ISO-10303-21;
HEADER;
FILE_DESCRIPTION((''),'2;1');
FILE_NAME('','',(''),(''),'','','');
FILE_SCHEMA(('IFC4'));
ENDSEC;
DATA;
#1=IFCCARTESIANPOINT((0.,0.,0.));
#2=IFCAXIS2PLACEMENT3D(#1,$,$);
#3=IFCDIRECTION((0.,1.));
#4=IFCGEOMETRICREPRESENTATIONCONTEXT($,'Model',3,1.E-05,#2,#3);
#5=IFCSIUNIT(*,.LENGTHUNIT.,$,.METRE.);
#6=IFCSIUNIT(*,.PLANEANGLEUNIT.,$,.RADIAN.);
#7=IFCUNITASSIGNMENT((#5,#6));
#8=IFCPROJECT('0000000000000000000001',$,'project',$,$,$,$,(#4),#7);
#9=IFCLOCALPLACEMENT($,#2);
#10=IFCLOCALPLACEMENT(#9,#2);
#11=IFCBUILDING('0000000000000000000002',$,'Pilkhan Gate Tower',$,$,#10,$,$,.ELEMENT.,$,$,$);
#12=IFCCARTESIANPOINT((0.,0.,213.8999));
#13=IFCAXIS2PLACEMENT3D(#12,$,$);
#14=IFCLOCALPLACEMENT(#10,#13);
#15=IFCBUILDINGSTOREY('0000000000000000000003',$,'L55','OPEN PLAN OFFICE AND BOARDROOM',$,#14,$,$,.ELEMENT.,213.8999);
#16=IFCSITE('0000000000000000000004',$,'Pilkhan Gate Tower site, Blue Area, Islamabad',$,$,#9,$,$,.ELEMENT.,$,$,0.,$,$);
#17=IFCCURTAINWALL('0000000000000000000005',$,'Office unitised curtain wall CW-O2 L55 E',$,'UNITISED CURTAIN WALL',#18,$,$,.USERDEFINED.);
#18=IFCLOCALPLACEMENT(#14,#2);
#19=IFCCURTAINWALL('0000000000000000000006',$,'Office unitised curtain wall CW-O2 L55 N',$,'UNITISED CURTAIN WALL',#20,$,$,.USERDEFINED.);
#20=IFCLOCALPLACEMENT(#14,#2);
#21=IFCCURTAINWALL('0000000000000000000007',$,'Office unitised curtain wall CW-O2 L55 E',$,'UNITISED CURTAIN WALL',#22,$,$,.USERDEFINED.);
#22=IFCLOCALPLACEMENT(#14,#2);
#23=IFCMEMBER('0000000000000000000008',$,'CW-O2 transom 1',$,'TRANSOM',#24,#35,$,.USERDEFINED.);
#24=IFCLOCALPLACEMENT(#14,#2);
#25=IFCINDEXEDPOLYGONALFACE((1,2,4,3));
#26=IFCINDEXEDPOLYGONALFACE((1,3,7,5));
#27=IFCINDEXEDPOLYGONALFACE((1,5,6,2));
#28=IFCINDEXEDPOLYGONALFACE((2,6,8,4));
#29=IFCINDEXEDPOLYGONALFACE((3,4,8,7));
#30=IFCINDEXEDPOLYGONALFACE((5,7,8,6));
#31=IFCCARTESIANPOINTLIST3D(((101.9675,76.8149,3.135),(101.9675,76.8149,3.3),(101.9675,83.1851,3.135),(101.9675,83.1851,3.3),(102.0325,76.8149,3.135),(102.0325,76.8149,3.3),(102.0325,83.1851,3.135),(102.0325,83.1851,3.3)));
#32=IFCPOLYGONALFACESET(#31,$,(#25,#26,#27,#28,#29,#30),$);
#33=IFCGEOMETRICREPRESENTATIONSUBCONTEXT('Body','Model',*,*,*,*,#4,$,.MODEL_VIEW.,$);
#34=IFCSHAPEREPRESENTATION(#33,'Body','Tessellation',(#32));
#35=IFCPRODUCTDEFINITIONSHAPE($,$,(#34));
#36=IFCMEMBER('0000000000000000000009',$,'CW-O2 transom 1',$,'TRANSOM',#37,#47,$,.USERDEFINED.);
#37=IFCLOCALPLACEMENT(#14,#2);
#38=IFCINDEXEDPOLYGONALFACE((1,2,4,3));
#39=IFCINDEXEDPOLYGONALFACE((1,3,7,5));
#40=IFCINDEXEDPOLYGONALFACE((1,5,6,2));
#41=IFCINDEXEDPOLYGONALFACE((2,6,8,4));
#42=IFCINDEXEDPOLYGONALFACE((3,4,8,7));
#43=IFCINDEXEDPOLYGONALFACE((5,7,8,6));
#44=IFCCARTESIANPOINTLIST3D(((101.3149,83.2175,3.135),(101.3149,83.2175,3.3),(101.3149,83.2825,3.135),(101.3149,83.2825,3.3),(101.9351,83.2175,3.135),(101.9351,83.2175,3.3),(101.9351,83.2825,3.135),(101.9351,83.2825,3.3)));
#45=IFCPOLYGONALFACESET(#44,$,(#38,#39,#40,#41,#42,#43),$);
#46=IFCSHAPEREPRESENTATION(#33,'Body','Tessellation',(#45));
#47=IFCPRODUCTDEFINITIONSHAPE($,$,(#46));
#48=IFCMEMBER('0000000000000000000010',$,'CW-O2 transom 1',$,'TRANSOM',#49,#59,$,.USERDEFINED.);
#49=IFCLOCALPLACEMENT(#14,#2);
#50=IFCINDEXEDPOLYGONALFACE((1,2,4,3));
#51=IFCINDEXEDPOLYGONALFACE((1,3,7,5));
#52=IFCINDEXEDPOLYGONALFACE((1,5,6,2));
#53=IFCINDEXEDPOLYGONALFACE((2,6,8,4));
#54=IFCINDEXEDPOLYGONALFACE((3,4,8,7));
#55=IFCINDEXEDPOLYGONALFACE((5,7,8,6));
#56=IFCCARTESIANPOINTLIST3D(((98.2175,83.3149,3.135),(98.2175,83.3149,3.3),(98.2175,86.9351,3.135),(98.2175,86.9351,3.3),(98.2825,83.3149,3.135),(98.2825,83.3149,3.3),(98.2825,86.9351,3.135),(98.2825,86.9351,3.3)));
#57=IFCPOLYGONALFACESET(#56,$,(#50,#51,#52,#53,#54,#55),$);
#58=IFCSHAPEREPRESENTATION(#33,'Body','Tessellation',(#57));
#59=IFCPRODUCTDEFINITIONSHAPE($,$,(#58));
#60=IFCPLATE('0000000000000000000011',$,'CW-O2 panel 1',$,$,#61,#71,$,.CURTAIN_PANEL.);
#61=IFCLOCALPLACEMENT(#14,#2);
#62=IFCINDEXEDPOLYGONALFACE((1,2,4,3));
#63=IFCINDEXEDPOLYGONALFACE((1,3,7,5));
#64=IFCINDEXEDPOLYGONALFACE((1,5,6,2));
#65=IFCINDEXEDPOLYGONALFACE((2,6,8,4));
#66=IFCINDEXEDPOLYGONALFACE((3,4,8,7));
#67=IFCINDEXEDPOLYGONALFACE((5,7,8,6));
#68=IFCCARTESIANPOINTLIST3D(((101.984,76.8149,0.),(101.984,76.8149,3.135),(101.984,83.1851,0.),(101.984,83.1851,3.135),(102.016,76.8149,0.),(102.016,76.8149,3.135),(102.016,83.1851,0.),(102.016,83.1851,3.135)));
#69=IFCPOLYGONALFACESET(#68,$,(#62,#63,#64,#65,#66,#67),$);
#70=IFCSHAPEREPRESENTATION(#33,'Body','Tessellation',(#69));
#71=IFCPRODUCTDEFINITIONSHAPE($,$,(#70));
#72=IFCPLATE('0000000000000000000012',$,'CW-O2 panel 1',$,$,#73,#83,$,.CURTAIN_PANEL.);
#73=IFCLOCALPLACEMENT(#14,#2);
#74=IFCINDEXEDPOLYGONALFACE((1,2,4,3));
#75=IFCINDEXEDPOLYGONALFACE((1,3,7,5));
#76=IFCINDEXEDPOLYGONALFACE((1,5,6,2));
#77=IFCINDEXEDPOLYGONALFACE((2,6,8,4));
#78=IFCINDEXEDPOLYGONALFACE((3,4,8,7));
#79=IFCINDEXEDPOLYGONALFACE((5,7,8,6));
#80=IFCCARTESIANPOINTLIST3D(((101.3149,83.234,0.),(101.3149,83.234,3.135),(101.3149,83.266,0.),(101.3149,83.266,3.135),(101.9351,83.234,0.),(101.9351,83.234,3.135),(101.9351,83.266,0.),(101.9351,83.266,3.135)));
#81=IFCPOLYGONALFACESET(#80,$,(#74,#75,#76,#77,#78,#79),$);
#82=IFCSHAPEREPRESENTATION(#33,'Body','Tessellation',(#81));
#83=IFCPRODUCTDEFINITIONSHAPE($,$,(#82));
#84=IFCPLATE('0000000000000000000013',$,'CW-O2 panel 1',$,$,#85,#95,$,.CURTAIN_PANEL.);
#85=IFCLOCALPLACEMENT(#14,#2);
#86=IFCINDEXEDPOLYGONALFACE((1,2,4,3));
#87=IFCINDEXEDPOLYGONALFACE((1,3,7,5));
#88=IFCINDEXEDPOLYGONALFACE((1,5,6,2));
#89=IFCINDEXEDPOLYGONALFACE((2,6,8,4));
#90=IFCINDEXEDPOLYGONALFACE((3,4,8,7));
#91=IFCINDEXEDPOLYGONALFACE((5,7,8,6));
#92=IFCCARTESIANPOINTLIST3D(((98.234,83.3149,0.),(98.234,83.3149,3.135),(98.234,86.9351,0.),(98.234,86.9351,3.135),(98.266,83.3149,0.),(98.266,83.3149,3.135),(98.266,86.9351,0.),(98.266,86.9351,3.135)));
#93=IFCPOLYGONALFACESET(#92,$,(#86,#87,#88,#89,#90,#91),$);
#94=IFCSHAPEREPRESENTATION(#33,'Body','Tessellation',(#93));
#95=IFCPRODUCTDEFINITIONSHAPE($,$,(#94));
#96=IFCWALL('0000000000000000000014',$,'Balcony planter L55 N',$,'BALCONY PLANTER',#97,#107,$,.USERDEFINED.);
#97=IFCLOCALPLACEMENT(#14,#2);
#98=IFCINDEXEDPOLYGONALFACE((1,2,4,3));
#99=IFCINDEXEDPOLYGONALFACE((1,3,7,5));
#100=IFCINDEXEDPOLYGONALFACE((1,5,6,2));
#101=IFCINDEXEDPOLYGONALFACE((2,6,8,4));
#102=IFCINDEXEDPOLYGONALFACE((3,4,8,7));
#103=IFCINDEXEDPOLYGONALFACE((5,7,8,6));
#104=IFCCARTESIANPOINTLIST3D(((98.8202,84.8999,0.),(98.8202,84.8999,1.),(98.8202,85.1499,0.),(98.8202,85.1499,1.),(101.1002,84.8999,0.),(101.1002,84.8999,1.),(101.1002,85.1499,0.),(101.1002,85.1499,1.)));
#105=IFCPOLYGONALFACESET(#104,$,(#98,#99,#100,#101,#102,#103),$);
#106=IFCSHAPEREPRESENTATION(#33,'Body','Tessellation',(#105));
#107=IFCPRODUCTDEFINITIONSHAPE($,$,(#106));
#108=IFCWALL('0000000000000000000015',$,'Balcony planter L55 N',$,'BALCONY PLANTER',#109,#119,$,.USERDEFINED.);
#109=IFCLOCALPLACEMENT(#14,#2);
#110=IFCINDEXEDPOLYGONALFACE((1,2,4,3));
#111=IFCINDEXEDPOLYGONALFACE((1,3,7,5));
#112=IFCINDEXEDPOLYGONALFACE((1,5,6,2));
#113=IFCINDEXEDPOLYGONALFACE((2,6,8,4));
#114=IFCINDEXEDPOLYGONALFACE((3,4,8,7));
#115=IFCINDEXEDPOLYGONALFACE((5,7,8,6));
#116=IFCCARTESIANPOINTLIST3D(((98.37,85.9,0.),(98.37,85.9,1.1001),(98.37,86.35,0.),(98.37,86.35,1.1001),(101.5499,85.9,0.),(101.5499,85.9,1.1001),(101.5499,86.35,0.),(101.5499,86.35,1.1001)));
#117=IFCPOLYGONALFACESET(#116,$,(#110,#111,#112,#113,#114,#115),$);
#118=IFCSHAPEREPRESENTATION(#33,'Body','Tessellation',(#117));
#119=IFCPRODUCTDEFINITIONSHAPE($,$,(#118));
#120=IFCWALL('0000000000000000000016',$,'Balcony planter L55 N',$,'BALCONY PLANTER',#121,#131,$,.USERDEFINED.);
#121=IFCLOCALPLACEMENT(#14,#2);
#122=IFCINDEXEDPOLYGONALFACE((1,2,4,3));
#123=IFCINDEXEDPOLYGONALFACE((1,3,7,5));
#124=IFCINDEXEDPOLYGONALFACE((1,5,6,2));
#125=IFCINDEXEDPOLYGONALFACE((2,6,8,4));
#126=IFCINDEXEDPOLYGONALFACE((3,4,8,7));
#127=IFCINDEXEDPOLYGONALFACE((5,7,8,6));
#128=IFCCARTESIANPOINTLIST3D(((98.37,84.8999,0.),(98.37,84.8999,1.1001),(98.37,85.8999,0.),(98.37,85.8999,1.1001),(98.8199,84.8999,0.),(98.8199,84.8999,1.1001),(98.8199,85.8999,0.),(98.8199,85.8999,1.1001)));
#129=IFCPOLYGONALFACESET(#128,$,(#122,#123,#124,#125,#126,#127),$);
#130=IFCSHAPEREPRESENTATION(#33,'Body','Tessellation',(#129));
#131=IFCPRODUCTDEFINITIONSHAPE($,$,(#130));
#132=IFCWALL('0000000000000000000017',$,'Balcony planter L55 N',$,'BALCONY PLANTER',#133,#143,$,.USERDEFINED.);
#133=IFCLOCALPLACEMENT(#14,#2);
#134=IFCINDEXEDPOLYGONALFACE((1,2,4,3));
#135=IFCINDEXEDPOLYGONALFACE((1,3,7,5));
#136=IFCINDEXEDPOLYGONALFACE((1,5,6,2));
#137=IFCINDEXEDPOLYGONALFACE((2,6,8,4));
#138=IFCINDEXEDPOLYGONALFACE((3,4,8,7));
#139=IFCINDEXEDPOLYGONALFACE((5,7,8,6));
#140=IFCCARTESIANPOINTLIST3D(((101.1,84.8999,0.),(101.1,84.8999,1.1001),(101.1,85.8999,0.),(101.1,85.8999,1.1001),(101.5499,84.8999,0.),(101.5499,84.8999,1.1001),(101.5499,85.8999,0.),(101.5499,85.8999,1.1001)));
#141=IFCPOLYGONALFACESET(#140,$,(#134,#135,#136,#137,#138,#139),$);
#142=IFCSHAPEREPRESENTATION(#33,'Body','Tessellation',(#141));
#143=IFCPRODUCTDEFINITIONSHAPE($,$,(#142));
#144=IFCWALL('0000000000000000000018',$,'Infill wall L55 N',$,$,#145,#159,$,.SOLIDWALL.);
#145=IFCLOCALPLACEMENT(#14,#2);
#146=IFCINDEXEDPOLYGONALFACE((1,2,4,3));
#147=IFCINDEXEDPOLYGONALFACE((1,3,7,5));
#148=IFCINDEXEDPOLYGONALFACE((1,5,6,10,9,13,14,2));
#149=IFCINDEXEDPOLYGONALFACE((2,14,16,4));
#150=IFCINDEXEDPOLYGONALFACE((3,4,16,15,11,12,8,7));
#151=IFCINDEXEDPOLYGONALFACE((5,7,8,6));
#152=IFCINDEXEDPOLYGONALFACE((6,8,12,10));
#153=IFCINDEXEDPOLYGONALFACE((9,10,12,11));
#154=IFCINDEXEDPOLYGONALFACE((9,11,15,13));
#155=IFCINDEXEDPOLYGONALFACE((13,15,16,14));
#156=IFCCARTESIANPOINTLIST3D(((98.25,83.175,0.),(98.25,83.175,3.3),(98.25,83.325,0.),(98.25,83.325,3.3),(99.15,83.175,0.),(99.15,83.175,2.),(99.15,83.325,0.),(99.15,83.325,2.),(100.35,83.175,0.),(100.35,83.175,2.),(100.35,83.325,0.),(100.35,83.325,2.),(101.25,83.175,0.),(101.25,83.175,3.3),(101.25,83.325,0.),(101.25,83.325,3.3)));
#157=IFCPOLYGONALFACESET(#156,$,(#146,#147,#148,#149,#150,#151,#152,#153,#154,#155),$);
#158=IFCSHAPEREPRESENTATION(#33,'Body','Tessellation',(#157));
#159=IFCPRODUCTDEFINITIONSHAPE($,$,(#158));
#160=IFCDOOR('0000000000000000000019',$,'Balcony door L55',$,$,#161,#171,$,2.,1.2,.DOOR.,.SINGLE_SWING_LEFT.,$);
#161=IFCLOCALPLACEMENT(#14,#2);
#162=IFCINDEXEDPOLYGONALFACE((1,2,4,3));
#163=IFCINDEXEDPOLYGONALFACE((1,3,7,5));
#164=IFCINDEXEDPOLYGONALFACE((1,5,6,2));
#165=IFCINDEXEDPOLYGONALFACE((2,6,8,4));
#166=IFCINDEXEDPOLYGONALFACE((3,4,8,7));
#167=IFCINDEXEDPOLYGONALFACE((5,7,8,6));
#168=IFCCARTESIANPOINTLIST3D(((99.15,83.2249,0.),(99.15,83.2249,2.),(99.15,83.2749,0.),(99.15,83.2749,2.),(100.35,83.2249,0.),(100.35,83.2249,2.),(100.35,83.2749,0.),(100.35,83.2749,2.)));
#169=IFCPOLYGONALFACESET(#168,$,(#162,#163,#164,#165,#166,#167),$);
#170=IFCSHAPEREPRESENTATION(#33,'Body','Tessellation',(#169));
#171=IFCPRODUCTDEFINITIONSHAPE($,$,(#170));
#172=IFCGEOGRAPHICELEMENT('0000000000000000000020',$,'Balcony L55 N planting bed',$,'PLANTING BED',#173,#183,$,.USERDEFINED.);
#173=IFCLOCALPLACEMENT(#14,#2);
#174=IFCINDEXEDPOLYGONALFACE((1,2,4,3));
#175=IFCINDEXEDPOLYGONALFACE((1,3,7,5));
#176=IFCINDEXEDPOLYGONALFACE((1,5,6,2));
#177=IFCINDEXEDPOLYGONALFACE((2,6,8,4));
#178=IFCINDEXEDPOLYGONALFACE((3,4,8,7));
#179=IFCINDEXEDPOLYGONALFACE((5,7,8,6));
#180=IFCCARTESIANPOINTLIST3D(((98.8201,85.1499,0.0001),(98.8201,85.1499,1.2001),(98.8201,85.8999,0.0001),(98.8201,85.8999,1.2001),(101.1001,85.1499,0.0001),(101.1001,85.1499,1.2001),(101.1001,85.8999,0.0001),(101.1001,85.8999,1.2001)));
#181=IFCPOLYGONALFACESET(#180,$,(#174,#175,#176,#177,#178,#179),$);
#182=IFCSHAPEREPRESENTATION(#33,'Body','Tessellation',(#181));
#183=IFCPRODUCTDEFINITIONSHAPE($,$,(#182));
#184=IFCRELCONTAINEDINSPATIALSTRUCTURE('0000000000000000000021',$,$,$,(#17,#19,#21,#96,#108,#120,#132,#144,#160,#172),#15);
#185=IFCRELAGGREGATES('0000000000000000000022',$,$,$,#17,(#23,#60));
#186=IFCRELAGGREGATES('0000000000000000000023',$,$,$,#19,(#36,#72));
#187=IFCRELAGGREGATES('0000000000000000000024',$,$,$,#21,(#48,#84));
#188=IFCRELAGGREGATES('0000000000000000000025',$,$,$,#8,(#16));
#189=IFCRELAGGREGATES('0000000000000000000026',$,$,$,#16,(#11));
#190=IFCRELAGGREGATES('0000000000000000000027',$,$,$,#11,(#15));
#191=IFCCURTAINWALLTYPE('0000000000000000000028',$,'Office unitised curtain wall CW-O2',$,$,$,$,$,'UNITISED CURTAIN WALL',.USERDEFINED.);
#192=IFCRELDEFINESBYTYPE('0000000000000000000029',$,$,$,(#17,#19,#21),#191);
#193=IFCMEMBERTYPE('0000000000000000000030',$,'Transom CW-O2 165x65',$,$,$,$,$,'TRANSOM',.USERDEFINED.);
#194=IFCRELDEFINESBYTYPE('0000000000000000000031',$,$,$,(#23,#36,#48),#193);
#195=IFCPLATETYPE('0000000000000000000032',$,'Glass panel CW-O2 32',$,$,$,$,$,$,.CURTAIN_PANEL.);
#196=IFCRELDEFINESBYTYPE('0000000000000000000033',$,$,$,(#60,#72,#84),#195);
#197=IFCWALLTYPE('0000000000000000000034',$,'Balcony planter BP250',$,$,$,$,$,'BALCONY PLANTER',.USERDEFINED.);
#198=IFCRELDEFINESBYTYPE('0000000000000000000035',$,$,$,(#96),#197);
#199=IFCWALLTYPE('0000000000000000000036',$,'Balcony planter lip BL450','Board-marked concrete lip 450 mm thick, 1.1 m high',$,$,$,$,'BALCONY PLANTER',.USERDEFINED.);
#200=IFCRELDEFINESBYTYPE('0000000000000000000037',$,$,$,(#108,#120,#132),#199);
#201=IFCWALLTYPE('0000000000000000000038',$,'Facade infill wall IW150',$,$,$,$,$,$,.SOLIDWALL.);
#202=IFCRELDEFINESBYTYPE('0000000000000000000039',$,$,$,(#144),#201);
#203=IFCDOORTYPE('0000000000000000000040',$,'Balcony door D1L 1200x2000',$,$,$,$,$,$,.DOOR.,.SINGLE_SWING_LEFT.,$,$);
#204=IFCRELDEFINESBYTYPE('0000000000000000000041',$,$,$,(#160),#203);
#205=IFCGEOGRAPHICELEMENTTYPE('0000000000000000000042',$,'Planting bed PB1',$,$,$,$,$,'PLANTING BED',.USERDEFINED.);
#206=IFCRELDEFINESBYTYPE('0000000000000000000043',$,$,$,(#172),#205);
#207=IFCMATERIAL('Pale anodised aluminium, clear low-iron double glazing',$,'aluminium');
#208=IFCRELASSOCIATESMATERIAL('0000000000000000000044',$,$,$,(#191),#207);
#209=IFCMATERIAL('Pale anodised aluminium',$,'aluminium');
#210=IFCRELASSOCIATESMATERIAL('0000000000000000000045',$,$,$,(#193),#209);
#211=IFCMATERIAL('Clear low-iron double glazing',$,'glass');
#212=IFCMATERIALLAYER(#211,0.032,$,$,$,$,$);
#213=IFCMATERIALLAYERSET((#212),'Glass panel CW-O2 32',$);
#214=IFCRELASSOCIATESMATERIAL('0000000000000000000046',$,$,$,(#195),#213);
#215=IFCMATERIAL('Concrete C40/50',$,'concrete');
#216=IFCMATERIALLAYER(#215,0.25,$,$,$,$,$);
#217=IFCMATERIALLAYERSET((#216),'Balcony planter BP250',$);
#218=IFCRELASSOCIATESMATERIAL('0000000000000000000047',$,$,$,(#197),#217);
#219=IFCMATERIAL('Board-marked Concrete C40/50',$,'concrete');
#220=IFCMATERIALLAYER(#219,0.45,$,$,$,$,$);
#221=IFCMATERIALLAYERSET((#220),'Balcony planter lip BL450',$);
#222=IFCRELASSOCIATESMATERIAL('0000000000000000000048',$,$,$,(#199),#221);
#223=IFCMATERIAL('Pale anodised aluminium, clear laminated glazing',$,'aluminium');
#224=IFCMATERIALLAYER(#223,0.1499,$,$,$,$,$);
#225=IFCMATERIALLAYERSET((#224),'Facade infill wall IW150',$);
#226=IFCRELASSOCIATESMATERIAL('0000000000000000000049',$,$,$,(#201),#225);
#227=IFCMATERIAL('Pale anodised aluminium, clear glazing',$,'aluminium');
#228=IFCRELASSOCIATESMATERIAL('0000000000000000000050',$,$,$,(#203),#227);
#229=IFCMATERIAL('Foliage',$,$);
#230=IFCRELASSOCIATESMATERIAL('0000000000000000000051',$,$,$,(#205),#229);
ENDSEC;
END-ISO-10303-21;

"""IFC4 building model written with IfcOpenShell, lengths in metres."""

from ifc_helpers import new_model, si_unit, direction, frame, frame_2d, origin, origin_2d, place, context, subcontext, project, spatial, rectangle, extrude, material, layer, layer_set, material_profile, profile_set, type_object, element, fill, aggregate, save


model = new_model("IFC4")

# Units and contexts
model_context = context("Model", 3, precision=1e-05, world=origin(), true_north=direction((0.0, 1.0)))
body_context = subcontext(model_context, "Body", "Model", "MODEL_VIEW")
ifc_project = project(units=[si_unit("LENGTHUNIT", "METRE"), si_unit("PLANEANGLEUNIT", "RADIAN")], contexts=[model_context])

# Site, building, storey
site_placement = place(None, origin())
site = spatial("IfcSite", under=ifc_project, at=site_placement, Name="Pilkhan Gate Tower site, Blue Area, Islamabad", CompositionType="ELEMENT", RefElevation=0.0)
building_placement = place(site_placement, origin())
building = spatial("IfcBuilding", under=site, at=building_placement, Name="Pilkhan Gate Tower", CompositionType="ELEMENT")
storey_placement = place(building_placement, frame((0.0, 0.0, 213.8999)))
storey = spatial("IfcBuildingStorey", under=building, at=storey_placement, Name="L55", Description="OPEN PLAN OFFICE AND BOARDROOM", CompositionType="ELEMENT", Elevation=213.8999)

# Shared definitions
ifc_material_1 = material(Name="Pale anodised aluminium, clear low-iron double glazing", Category="aluminium")
curtain_wall_type = type_object("IfcCurtainWallType", Name="Office unitised curtain wall CW-O2", ElementType="UNITISED CURTAIN WALL", PredefinedType="USERDEFINED", material=ifc_material_1)
ifc_material_2 = material(Name="Pale anodised aluminium", Category="aluminium")

# Curtain walls
curtain_wall_1_placement = place(storey_placement, origin())
curtain_wall_1 = element("IfcCurtainWall", 1, at=curtain_wall_1_placement, inside=storey, type_object=curtain_wall_type, Name="Office unitised curtain wall CW-O2 L55 E", ObjectType="UNITISED CURTAIN WALL", PredefinedType="USERDEFINED")
curtain_wall_2_placement = place(storey_placement, origin())
curtain_wall_2 = element("IfcCurtainWall", 2, at=curtain_wall_2_placement, inside=storey, type_object=curtain_wall_type, Name="Office unitised curtain wall CW-O2 L55 N", ObjectType="UNITISED CURTAIN WALL", PredefinedType="USERDEFINED")

# Curtain wall
curtain_wall_3_placement = place(storey_placement, origin())
curtain_wall_3 = element("IfcCurtainWall", 3, at=curtain_wall_3_placement, inside=storey, type_object=curtain_wall_type, Name="Office unitised curtain wall CW-O2 L55 E", ObjectType="UNITISED CURTAIN WALL", PredefinedType="USERDEFINED")

# Members
ifc_material_profile_1 = material_profile(ifc_material_2, rectangle(XDim=0.0649, YDim=0.165, at=origin_2d()), Name="Transom 165x65")
ifc_profile_set_1 = profile_set([ifc_material_profile_1], Name="Pale anodised aluminium")
member_type_1 = type_object("IfcMemberType", Name="Transom CW-O2 165x65", ElementType="TRANSOM", PredefinedType="USERDEFINED", material=ifc_profile_set_1)
member_1_placement = place(storey_placement, frame((102.0, 76.8149, 3.2175), z_axis=(0.0, 1.0, 0.0), x_axis=(-1.0, 0.0, 0.0)))
member_1 = element("IfcMember", 4, at=member_1_placement, type_object=member_type_1, Name="CW-O2 transom 1", ObjectType="TRANSOM", PredefinedType="USERDEFINED", context=body_context, shape_type="SweptSolid", body=[
    extrude(rectangle(XDim=0.0649, YDim=0.165, at=origin_2d()), origin(), (0.0, 0.0, 1.0), 6.3701),
])
member_2_placement = place(storey_placement, frame((101.3149, 83.25, 3.2175), z_axis=(1.0, 0.0, 0.0), x_axis=(0.0, 1.0, 0.0)))
member_2 = element("IfcMember", 5, at=member_2_placement, type_object=member_type_1, Name="CW-O2 transom 1", ObjectType="TRANSOM", PredefinedType="USERDEFINED", context=body_context, shape_type="SweptSolid", body=[
    extrude(rectangle(XDim=0.0649, YDim=0.165, at=origin_2d()), origin(), (0.0, 0.0, 1.0), 0.6201),
])
member_3_placement = place(storey_placement, frame((98.25, 83.3149, 3.2175), z_axis=(0.0, 1.0, 0.0), x_axis=(-1.0, 0.0, 0.0)))
member_3 = element("IfcMember", 6, at=member_3_placement, type_object=member_type_1, Name="CW-O2 transom 1", ObjectType="TRANSOM", PredefinedType="USERDEFINED", context=body_context, shape_type="SweptSolid", body=[
    extrude(rectangle(XDim=0.0649, YDim=0.165, at=origin_2d()), origin(), (0.0, 0.0, 1.0), 3.6201),
])

# Plates
ifc_material_3 = material(Name="Clear low-iron double glazing", Category="glass")
ifc_layer_1 = layer(ifc_material_3, 0.032)
ifc_layer_set_1 = layer_set([ifc_layer_1], Name="Glass panel CW-O2 32")
plate_type = type_object("IfcPlateType", Name="Glass panel CW-O2 32", PredefinedType="CURTAIN_PANEL", material=ifc_layer_set_1)
plate_1_placement = place(storey_placement, frame((102.0, 80.0, 0.0), z_axis=(0.0, 0.0, 1.0), x_axis=(0.0, 1.0, 0.0)))
plate_1 = element("IfcPlate", 7, at=plate_1_placement, type_object=plate_type, Name="CW-O2 panel 1", PredefinedType="CURTAIN_PANEL", context=body_context, shape_type="SweptSolid", body=[
    extrude(rectangle(XDim=6.3701, YDim=0.032, at=origin_2d()), origin(), (0.0, 0.0, 1.0), 3.135),
])
aggregate(curtain_wall_1, [member_1, plate_1])
plate_2_placement = place(storey_placement, frame((101.625, 83.25, 0.0), z_axis=(0.0, 0.0, 1.0), x_axis=(1.0, 0.0, 0.0)))
plate_2 = element("IfcPlate", 8, at=plate_2_placement, type_object=plate_type, Name="CW-O2 panel 1", PredefinedType="CURTAIN_PANEL", context=body_context, shape_type="SweptSolid", body=[
    extrude(rectangle(XDim=0.6201, YDim=0.032, at=origin_2d()), origin(), (0.0, 0.0, 1.0), 3.135),
])
aggregate(curtain_wall_2, [member_2, plate_2])
plate_3_placement = place(storey_placement, frame((98.25, 85.125, 0.0), z_axis=(0.0, 0.0, 1.0), x_axis=(0.0, 1.0, 0.0)))
plate_3 = element("IfcPlate", 9, at=plate_3_placement, type_object=plate_type, Name="CW-O2 panel 1", PredefinedType="CURTAIN_PANEL", context=body_context, shape_type="SweptSolid", body=[
    extrude(rectangle(XDim=3.6201, YDim=0.032, at=origin_2d()), origin(), (0.0, 0.0, 1.0), 3.135),
])
aggregate(curtain_wall_3, [member_3, plate_3])

# Walls
ifc_material_4 = material(Name="Concrete C40/50", Category="concrete")
ifc_layer_2 = layer(ifc_material_4, 0.25)
ifc_layer_set_2 = layer_set([ifc_layer_2], Name="Balcony planter BP250")
wall_type_1 = type_object("IfcWallType", Name="Balcony planter BP250", ElementType="BALCONY PLANTER", PredefinedType="USERDEFINED", material=ifc_layer_set_2)
wall_1_placement = place(storey_placement, frame((98.8201, 85.0249, 0.0), z_axis=(0.0, 0.0, 1.0), x_axis=(1.0, 0.0, 0.0)))
element("IfcWall", 10, at=wall_1_placement, inside=storey, type_object=wall_type_1, Name="Balcony planter L55 N", ObjectType="BALCONY PLANTER", PredefinedType="USERDEFINED", context=body_context, shape_type="SweptSolid", body=[
    extrude(rectangle(XDim=2.28, YDim=0.25, at=frame_2d((1.1401, 0.0))), origin(), (0.0, 0.0, 1.0), 1.0),
])
ifc_material_5 = material(Name="Board-marked Concrete C40/50", Category="concrete")
ifc_layer_3 = layer(ifc_material_5, 0.45)
ifc_layer_set_3 = layer_set([ifc_layer_3], Name="Balcony planter lip BL450")
wall_type_2 = type_object("IfcWallType", Name="Balcony planter lip BL450", Description="Board-marked concrete lip 450 mm thick, 1.1 m high", ElementType="BALCONY PLANTER", PredefinedType="USERDEFINED", material=ifc_layer_set_3)
wall_2_placement = place(storey_placement, frame((98.3701, 86.125, 0.0), z_axis=(0.0, 0.0, 1.0), x_axis=(1.0, 0.0, 0.0)))
element("IfcWall", 11, at=wall_2_placement, inside=storey, type_object=wall_type_2, Name="Balcony planter L55 N", ObjectType="BALCONY PLANTER", PredefinedType="USERDEFINED", context=body_context, shape_type="SweptSolid", body=[
    extrude(rectangle(XDim=3.1799, YDim=0.45, at=frame_2d((1.5898, 0.0))), origin(), (0.0, 0.0, 1.0), 1.1001),
])
for number, where, z_axis, x_axis, name in (
    (12, (98.595, 84.8999, 0.0), (0.0, 0.0, 1.0), (0.0, 1.0, 0.0), "Balcony planter L55 N"),
    (13, (101.325, 84.8999, 0.0), (0.0, 0.0, 1.0), (0.0, 1.0, 0.0), "Balcony planter L55 N"),
):
    element("IfcWall", number, at=place(storey_placement, frame(where, z_axis=z_axis, x_axis=x_axis)), inside=storey, type_object=wall_type_2, Name=name, ObjectType="BALCONY PLANTER", PredefinedType="USERDEFINED", context=body_context, shape_type="SweptSolid", body=[
        extrude(rectangle(XDim=1.0, YDim=0.45, at=frame_2d((0.5, 0.0))), origin(), (0.0, 0.0, 1.0), 1.1001),
    ])

# Wall, opening, door
ifc_material_6 = material(Name="Pale anodised aluminium, clear laminated glazing", Category="aluminium")
ifc_layer_4 = layer(ifc_material_6, 0.1499)
ifc_layer_set_4 = layer_set([ifc_layer_4], Name="Facade infill wall IW150")
wall_type_3 = type_object("IfcWallType", Name="Facade infill wall IW150", PredefinedType="SOLIDWALL", material=ifc_layer_set_4)
wall_3_placement = place(storey_placement, frame((98.25, 83.25, 0.0), z_axis=(0.0, 0.0, 1.0), x_axis=(1.0, 0.0, 0.0)))
wall_3 = element("IfcWall", 14, at=wall_3_placement, inside=storey, type_object=wall_type_3, Name="Infill wall L55 N", PredefinedType="SOLIDWALL", context=body_context, shape_type="SweptSolid", body=[
    extrude(rectangle(XDim=3.0, YDim=0.1499, at=frame_2d((1.5, 0.0))), origin(), (0.0, 0.0, 1.0), 3.3),
])
opening_placement = place(wall_3_placement, frame((0.8999, 0.0, 0.0)))
opening = element("IfcOpeningElement", 15, at=opening_placement, cuts=wall_3, PredefinedType="OPENING", context=body_context, shape_type="SweptSolid", body=[
    extrude(rectangle(XDim=1.2, YDim=2.0, at=frame_2d((0.6001, 1.0))), frame((0.0, 0.085, 0.0), z_axis=(0.0, -1.0, 0.0), x_axis=(1.0, 0.0, 0.0)), (0.0, 0.0, 1.0), 0.1699),
])
ifc_material_7 = material(Name="Pale anodised aluminium, clear glazing", Category="aluminium")
door_type = type_object("IfcDoorType", Name="Balcony door D1L 1200x2000", OperationType="SINGLE_SWING_LEFT", PredefinedType="DOOR", material=ifc_material_7)
door_placement = place(opening_placement, origin())
door = element("IfcDoor", 16, at=door_placement, inside=storey, type_object=door_type, Name="Balcony door L55", OperationType="SINGLE_SWING_LEFT", OverallHeight=2.0, OverallWidth=1.2, PredefinedType="DOOR", context=body_context, shape_type="SweptSolid", body=[
    extrude(rectangle(XDim=1.2, YDim=2.0, at=frame_2d((0.6001, 1.0))), frame((0.0, 0.0249, 0.0), z_axis=(0.0, -1.0, 0.0), x_axis=(1.0, 0.0, 0.0)), (0.0, 0.0, 1.0), 0.05),
])
fill(opening, door)

# Geographic element
ifc_material_8 = material(Name="Foliage")
ifc_material_profile_2 = material_profile(ifc_material_8, rectangle(XDim=0.75, YDim=1.2, at=origin_2d()), Name="Bed 750x1200")
ifc_profile_set_2 = profile_set([ifc_material_profile_2], Name="Foliage")
geographic_element_type_1 = type_object("IfcGeographicElementType", Name="Planting bed PB1", ElementType="PLANTING BED", PredefinedType="USERDEFINED", material=ifc_profile_set_2)
geographic_element_1_placement = place(storey_placement, frame((98.8201, 85.5249, 0.6001), z_axis=(1.0, 0.0, 0.0), x_axis=(0.0, 1.0, 0.0)))
element("IfcGeographicElement", 17, at=geographic_element_1_placement, inside=storey, type_object=geographic_element_type_1, Name="Balcony L55 N planting bed", ObjectType="PLANTING BED", PredefinedType="USERDEFINED", context=body_context, shape_type="SweptSolid", body=[
    extrude(rectangle(XDim=0.75, YDim=1.2, at=origin_2d()), origin(), (0.0, 0.0, 1.0), 2.28),
])

save(model, "model.ifc")
